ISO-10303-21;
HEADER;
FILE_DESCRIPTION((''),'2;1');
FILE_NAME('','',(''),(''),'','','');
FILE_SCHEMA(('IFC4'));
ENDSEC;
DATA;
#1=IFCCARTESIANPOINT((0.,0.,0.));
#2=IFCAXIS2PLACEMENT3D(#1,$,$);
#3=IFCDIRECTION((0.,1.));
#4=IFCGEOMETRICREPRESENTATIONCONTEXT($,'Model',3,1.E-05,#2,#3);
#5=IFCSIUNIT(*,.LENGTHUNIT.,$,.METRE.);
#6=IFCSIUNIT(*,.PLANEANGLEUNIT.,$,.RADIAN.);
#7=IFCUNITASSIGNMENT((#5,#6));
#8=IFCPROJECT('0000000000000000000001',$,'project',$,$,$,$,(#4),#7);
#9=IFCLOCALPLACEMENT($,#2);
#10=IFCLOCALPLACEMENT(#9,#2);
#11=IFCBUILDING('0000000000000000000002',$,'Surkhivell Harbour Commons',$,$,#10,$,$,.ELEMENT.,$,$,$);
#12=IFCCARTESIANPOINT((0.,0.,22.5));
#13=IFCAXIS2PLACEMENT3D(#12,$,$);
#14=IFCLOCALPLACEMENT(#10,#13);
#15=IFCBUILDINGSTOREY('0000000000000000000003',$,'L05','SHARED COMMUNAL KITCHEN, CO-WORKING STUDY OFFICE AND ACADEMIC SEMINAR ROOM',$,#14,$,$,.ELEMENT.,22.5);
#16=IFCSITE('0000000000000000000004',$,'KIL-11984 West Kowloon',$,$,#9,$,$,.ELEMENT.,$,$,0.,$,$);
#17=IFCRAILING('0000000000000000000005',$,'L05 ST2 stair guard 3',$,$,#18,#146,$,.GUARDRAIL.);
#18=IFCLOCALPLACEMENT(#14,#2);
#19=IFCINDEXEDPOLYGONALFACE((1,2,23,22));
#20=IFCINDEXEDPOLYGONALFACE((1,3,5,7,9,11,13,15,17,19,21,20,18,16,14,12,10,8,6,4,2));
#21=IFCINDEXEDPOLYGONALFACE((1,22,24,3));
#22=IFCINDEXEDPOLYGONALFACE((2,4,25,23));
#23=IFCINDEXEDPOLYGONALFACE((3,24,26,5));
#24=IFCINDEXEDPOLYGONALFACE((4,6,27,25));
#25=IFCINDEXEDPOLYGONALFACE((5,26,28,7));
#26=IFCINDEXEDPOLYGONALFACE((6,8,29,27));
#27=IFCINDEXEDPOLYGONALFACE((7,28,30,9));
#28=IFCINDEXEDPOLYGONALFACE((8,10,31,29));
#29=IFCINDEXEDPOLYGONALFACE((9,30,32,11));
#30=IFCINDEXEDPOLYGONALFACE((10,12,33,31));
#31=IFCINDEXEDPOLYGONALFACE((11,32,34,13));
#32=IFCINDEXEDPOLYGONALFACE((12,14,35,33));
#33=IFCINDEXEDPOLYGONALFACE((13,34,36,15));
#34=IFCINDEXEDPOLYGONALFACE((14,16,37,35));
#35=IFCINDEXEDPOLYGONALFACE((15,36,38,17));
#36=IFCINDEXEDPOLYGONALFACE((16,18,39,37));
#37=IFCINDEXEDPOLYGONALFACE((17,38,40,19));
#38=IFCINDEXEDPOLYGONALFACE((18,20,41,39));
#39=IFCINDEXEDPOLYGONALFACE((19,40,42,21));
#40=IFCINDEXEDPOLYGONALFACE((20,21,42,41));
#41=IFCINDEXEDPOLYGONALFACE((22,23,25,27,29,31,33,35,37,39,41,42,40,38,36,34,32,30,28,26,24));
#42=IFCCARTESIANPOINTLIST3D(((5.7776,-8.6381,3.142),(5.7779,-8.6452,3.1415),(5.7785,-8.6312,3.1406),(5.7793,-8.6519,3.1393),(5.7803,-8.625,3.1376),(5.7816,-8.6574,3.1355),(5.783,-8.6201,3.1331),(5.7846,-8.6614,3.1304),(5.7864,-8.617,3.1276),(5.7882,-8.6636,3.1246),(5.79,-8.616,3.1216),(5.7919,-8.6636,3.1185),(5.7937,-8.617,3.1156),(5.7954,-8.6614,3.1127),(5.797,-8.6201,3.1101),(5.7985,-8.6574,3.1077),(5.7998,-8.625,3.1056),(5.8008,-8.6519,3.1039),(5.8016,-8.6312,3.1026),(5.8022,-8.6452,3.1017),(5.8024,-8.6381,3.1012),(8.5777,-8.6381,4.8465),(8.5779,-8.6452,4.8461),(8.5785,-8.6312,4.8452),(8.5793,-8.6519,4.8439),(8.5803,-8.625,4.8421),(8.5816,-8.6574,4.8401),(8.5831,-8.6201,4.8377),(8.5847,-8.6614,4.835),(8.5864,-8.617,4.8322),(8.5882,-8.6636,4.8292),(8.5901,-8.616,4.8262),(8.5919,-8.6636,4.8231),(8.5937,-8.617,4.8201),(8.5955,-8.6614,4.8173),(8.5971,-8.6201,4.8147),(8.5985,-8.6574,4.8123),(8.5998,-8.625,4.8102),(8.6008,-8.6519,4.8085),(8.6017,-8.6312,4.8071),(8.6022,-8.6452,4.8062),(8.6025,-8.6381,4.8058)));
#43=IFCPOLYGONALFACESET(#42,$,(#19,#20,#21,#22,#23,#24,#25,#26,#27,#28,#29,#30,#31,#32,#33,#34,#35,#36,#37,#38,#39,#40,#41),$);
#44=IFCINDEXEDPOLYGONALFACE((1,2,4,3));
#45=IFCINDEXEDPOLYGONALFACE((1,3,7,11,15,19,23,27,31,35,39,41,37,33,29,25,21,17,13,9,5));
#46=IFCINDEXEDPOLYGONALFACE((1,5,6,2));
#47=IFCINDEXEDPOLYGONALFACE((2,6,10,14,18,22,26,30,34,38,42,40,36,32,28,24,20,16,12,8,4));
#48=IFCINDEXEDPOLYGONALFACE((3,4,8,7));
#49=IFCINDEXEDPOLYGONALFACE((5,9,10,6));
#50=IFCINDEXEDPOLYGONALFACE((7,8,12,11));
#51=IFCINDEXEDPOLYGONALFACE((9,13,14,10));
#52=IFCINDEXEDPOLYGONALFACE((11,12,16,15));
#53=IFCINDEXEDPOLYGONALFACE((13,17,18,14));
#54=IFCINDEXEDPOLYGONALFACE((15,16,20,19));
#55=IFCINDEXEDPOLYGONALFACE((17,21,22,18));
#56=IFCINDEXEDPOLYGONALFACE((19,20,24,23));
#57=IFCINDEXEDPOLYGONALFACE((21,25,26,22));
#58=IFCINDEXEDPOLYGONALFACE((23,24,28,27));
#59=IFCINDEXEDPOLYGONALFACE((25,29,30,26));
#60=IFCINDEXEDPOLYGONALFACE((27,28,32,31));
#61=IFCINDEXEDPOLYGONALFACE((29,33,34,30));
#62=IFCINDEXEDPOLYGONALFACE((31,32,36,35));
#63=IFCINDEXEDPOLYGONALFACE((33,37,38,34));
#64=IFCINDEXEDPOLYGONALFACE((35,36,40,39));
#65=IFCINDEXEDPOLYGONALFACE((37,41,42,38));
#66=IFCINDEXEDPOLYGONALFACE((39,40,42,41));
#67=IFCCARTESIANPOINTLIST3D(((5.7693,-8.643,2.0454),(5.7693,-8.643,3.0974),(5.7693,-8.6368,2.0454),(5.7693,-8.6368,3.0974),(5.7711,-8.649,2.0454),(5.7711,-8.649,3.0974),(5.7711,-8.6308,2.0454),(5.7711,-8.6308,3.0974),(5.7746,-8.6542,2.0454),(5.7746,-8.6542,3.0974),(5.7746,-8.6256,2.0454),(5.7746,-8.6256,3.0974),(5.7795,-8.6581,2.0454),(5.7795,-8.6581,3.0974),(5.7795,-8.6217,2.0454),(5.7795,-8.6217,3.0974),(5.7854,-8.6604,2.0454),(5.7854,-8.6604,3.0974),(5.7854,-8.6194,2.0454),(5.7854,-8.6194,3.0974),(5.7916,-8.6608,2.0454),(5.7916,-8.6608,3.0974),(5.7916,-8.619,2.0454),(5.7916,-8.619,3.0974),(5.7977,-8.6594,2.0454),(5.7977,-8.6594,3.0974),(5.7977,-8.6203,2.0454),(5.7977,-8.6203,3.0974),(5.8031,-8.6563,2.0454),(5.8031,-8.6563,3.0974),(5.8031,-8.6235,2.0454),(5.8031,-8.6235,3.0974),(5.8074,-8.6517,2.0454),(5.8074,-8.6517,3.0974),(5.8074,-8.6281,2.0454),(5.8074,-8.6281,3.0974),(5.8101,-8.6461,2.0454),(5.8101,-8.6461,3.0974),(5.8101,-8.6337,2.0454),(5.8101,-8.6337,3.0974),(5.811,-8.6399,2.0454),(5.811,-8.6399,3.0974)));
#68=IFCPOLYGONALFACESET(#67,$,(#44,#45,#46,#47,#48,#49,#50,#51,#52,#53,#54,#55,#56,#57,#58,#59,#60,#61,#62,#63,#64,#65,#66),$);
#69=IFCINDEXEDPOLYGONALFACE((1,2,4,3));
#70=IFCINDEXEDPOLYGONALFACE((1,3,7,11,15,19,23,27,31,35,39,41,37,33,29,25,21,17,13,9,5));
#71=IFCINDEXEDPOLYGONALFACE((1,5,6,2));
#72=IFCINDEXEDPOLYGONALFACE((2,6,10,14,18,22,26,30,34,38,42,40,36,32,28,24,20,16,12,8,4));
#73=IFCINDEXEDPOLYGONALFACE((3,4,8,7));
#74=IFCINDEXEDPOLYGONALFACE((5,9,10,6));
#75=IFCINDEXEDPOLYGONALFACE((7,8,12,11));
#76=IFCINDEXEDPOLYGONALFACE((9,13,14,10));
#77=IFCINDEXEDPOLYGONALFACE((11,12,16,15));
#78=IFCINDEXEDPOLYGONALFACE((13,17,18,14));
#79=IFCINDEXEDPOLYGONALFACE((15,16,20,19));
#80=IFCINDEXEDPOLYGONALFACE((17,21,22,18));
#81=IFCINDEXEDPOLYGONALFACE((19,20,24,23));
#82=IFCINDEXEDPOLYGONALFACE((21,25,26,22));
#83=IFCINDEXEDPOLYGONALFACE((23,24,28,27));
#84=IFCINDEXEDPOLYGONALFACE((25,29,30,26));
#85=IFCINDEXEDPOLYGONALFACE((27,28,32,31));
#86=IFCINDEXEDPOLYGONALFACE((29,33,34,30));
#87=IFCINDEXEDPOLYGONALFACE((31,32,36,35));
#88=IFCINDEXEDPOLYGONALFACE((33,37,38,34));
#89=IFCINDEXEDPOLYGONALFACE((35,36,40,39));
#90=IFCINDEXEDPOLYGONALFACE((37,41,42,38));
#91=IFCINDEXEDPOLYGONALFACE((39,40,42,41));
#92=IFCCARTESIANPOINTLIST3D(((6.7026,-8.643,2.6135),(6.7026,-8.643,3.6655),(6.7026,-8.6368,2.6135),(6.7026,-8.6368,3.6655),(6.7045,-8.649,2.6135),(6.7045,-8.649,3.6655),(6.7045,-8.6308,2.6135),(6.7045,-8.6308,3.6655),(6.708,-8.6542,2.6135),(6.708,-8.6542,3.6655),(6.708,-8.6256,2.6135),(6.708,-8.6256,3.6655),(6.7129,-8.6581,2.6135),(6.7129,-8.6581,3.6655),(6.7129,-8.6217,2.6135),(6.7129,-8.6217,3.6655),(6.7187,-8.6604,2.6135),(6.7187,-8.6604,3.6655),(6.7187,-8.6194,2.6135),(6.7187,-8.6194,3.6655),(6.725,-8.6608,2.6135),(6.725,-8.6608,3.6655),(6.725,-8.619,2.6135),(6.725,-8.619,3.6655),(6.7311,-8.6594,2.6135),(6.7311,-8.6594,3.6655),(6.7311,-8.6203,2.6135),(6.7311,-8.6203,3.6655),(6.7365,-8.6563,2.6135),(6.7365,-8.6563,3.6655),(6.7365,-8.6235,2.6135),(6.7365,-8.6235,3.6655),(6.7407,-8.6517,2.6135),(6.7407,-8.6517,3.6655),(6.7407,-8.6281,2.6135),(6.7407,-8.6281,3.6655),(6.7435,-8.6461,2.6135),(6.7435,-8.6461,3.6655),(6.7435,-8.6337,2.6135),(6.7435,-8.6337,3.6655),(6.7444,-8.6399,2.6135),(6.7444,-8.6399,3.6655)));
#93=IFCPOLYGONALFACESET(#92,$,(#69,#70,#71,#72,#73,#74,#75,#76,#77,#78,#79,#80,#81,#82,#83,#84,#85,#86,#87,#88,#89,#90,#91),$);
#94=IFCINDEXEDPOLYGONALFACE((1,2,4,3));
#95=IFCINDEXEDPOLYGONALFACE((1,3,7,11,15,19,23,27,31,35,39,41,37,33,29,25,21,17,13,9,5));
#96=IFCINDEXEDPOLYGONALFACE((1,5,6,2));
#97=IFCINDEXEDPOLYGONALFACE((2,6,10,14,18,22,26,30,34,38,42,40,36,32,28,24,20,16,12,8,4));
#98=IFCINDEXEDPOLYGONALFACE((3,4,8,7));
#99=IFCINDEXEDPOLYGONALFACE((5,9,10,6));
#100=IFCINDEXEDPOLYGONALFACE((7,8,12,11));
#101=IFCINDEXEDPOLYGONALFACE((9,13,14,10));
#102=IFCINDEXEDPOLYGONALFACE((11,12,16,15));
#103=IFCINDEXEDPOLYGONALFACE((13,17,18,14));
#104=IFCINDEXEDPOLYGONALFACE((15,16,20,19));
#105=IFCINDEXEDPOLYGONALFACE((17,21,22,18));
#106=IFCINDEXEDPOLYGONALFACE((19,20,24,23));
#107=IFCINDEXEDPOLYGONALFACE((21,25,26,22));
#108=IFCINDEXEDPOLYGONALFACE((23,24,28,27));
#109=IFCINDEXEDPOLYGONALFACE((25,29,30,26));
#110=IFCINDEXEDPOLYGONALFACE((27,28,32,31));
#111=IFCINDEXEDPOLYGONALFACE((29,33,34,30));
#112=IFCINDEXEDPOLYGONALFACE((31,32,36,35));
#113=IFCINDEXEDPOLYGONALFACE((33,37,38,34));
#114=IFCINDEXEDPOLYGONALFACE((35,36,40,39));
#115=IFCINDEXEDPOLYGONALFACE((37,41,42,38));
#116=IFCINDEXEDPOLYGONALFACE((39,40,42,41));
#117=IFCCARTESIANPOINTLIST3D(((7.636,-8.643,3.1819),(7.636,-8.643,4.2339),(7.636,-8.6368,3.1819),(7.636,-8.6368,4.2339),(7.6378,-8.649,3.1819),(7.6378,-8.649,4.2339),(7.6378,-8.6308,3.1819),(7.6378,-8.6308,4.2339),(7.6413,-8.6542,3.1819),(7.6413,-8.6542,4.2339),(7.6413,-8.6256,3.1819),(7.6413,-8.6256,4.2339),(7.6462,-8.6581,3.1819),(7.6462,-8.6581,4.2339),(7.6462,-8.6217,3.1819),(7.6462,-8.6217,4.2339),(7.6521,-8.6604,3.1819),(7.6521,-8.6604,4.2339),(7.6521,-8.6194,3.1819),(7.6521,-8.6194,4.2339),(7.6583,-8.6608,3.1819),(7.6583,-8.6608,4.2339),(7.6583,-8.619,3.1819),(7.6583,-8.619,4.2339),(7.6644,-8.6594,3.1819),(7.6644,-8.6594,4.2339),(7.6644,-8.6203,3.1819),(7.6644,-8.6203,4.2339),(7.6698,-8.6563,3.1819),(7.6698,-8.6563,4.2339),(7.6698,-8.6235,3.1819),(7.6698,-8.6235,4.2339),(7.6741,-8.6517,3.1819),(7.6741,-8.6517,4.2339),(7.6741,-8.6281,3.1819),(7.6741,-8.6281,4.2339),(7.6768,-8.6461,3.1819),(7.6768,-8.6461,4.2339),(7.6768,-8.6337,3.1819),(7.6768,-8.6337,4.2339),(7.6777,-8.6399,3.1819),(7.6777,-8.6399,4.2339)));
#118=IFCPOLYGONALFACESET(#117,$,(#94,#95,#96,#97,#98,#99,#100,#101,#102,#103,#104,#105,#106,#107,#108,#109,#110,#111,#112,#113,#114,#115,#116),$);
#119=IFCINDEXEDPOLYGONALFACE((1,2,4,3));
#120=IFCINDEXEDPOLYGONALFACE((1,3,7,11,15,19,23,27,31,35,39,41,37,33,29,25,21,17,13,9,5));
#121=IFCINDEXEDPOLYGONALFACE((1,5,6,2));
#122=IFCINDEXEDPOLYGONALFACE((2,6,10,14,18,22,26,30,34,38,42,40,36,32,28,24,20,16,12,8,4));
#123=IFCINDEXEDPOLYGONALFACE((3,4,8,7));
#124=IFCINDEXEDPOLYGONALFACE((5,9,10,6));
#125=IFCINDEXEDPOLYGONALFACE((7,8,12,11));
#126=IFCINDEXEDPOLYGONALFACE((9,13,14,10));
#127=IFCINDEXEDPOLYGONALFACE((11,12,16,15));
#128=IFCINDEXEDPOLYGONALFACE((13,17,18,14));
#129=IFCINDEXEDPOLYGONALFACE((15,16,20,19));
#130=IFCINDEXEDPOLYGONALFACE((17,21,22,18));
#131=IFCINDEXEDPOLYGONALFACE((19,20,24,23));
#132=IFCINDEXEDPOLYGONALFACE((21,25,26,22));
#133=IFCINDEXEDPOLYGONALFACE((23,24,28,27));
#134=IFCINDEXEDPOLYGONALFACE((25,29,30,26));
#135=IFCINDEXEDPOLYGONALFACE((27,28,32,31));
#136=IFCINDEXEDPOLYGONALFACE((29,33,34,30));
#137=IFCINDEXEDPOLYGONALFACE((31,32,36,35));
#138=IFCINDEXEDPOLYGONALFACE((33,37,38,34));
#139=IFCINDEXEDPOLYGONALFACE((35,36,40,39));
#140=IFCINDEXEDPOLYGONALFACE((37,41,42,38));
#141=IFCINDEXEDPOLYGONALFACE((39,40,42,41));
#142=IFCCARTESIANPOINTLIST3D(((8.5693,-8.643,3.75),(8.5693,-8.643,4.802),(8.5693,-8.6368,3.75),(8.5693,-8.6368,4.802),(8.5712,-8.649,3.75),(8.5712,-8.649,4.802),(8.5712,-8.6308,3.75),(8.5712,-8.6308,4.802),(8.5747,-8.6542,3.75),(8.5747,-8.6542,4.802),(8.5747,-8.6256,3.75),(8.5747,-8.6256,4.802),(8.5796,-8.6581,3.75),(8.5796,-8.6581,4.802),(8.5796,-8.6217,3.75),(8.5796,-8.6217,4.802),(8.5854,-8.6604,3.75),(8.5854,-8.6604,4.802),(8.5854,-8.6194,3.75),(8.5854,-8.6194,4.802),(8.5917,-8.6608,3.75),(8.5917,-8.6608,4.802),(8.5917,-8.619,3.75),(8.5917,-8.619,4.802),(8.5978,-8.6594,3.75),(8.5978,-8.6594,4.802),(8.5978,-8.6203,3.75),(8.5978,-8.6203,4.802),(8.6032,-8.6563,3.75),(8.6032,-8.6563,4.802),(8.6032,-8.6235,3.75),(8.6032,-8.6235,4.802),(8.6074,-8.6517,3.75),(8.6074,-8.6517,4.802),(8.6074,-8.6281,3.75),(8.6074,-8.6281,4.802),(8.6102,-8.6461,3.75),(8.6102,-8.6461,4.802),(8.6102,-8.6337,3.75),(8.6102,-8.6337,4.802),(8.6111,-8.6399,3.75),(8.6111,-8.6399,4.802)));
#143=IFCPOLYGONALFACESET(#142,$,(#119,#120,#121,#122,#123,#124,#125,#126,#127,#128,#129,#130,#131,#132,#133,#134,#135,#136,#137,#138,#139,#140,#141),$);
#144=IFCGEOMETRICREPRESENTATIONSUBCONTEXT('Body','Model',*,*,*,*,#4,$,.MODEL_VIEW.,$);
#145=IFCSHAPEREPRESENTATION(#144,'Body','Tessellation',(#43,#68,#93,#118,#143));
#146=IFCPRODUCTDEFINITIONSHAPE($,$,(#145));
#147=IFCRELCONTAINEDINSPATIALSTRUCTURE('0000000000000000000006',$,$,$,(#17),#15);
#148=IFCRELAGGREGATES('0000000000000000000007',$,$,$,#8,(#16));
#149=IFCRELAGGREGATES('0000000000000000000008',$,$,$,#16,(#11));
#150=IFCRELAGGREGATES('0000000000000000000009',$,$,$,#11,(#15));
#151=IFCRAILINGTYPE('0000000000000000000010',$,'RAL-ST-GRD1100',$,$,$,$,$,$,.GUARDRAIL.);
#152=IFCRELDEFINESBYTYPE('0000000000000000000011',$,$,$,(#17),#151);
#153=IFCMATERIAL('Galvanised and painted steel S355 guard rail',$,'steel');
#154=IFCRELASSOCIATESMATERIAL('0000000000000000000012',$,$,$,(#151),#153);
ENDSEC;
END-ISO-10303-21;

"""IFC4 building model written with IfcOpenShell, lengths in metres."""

from ifc_helpers import new_model, si_unit, direction, frame, origin, origin_2d, place, context, subcontext, project, spatial, circle, extrude, material, type_object, element, save


model = new_model("IFC4")

# Units and contexts
model_context = context("Model", 3, precision=1e-05, world=origin(), true_north=direction((0.0, 1.0)))
body_context = subcontext(model_context, "Body", "Model", "MODEL_VIEW")
ifc_project = project(units=[si_unit("LENGTHUNIT", "METRE"), si_unit("PLANEANGLEUNIT", "RADIAN")], contexts=[model_context])

# Site, building, storey
site_placement = place(None, origin())
site = spatial("IfcSite", under=ifc_project, at=site_placement, Name="KIL-11984 West Kowloon", CompositionType="ELEMENT", RefElevation=0.0)
building_placement = place(site_placement, origin())
building = spatial("IfcBuilding", under=site, at=building_placement, Name="Surkhivell Harbour Commons", CompositionType="ELEMENT")
storey_placement = place(building_placement, frame((0.0, 0.0, 22.5)))
storey = spatial("IfcBuildingStorey", under=building, at=storey_placement, Name="L05", Description="SHARED COMMUNAL KITCHEN, CO-WORKING STUDY OFFICE AND ACADEMIC SEMINAR ROOM", CompositionType="ELEMENT", Elevation=22.5)

# Railing
ifc_material_1 = material(Name="Galvanised and painted steel S355 guard rail", Category="steel")
railing_type_1 = type_object("IfcRailingType", Name="RAL-ST-GRD1100", PredefinedType="GUARDRAIL", material=ifc_material_1)
railing_1_placement = place(storey_placement, frame((5.79, -8.6399, 2.0454)))
element("IfcRailing", 1, at=railing_1_placement, inside=storey, type_object=railing_type_1, Name="L05 ST2 stair guard 3", PredefinedType="GUARDRAIL", context=body_context, shape_type="SweptSolid", body=[
    extrude(circle(Radius=0.0239, at=origin_2d()), frame((0.0, 0.0, 1.0762), z_axis=(0.85417, 0.0, 0.519994), x_axis=(0.0, 1.0, 0.0)), (0.0, 0.0, 1.0), 3.2781),
    extrude(circle(Radius=0.021, at=origin_2d()), origin(), (0.0, 0.0, 1.0), 1.052),
    extrude(circle(Radius=0.021, at=origin_2d()), frame((0.9333, 0.0, 0.5681)), (0.0, 0.0, 1.0), 1.052),
    extrude(circle(Radius=0.021, at=origin_2d()), frame((1.8667, 0.0, 1.1365)), (0.0, 0.0, 1.0), 1.052),
    extrude(circle(Radius=0.021, at=origin_2d()), frame((2.8, 0.0, 1.7046)), (0.0, 0.0, 1.0), 1.052),
])

save(model, "model.ifc")
